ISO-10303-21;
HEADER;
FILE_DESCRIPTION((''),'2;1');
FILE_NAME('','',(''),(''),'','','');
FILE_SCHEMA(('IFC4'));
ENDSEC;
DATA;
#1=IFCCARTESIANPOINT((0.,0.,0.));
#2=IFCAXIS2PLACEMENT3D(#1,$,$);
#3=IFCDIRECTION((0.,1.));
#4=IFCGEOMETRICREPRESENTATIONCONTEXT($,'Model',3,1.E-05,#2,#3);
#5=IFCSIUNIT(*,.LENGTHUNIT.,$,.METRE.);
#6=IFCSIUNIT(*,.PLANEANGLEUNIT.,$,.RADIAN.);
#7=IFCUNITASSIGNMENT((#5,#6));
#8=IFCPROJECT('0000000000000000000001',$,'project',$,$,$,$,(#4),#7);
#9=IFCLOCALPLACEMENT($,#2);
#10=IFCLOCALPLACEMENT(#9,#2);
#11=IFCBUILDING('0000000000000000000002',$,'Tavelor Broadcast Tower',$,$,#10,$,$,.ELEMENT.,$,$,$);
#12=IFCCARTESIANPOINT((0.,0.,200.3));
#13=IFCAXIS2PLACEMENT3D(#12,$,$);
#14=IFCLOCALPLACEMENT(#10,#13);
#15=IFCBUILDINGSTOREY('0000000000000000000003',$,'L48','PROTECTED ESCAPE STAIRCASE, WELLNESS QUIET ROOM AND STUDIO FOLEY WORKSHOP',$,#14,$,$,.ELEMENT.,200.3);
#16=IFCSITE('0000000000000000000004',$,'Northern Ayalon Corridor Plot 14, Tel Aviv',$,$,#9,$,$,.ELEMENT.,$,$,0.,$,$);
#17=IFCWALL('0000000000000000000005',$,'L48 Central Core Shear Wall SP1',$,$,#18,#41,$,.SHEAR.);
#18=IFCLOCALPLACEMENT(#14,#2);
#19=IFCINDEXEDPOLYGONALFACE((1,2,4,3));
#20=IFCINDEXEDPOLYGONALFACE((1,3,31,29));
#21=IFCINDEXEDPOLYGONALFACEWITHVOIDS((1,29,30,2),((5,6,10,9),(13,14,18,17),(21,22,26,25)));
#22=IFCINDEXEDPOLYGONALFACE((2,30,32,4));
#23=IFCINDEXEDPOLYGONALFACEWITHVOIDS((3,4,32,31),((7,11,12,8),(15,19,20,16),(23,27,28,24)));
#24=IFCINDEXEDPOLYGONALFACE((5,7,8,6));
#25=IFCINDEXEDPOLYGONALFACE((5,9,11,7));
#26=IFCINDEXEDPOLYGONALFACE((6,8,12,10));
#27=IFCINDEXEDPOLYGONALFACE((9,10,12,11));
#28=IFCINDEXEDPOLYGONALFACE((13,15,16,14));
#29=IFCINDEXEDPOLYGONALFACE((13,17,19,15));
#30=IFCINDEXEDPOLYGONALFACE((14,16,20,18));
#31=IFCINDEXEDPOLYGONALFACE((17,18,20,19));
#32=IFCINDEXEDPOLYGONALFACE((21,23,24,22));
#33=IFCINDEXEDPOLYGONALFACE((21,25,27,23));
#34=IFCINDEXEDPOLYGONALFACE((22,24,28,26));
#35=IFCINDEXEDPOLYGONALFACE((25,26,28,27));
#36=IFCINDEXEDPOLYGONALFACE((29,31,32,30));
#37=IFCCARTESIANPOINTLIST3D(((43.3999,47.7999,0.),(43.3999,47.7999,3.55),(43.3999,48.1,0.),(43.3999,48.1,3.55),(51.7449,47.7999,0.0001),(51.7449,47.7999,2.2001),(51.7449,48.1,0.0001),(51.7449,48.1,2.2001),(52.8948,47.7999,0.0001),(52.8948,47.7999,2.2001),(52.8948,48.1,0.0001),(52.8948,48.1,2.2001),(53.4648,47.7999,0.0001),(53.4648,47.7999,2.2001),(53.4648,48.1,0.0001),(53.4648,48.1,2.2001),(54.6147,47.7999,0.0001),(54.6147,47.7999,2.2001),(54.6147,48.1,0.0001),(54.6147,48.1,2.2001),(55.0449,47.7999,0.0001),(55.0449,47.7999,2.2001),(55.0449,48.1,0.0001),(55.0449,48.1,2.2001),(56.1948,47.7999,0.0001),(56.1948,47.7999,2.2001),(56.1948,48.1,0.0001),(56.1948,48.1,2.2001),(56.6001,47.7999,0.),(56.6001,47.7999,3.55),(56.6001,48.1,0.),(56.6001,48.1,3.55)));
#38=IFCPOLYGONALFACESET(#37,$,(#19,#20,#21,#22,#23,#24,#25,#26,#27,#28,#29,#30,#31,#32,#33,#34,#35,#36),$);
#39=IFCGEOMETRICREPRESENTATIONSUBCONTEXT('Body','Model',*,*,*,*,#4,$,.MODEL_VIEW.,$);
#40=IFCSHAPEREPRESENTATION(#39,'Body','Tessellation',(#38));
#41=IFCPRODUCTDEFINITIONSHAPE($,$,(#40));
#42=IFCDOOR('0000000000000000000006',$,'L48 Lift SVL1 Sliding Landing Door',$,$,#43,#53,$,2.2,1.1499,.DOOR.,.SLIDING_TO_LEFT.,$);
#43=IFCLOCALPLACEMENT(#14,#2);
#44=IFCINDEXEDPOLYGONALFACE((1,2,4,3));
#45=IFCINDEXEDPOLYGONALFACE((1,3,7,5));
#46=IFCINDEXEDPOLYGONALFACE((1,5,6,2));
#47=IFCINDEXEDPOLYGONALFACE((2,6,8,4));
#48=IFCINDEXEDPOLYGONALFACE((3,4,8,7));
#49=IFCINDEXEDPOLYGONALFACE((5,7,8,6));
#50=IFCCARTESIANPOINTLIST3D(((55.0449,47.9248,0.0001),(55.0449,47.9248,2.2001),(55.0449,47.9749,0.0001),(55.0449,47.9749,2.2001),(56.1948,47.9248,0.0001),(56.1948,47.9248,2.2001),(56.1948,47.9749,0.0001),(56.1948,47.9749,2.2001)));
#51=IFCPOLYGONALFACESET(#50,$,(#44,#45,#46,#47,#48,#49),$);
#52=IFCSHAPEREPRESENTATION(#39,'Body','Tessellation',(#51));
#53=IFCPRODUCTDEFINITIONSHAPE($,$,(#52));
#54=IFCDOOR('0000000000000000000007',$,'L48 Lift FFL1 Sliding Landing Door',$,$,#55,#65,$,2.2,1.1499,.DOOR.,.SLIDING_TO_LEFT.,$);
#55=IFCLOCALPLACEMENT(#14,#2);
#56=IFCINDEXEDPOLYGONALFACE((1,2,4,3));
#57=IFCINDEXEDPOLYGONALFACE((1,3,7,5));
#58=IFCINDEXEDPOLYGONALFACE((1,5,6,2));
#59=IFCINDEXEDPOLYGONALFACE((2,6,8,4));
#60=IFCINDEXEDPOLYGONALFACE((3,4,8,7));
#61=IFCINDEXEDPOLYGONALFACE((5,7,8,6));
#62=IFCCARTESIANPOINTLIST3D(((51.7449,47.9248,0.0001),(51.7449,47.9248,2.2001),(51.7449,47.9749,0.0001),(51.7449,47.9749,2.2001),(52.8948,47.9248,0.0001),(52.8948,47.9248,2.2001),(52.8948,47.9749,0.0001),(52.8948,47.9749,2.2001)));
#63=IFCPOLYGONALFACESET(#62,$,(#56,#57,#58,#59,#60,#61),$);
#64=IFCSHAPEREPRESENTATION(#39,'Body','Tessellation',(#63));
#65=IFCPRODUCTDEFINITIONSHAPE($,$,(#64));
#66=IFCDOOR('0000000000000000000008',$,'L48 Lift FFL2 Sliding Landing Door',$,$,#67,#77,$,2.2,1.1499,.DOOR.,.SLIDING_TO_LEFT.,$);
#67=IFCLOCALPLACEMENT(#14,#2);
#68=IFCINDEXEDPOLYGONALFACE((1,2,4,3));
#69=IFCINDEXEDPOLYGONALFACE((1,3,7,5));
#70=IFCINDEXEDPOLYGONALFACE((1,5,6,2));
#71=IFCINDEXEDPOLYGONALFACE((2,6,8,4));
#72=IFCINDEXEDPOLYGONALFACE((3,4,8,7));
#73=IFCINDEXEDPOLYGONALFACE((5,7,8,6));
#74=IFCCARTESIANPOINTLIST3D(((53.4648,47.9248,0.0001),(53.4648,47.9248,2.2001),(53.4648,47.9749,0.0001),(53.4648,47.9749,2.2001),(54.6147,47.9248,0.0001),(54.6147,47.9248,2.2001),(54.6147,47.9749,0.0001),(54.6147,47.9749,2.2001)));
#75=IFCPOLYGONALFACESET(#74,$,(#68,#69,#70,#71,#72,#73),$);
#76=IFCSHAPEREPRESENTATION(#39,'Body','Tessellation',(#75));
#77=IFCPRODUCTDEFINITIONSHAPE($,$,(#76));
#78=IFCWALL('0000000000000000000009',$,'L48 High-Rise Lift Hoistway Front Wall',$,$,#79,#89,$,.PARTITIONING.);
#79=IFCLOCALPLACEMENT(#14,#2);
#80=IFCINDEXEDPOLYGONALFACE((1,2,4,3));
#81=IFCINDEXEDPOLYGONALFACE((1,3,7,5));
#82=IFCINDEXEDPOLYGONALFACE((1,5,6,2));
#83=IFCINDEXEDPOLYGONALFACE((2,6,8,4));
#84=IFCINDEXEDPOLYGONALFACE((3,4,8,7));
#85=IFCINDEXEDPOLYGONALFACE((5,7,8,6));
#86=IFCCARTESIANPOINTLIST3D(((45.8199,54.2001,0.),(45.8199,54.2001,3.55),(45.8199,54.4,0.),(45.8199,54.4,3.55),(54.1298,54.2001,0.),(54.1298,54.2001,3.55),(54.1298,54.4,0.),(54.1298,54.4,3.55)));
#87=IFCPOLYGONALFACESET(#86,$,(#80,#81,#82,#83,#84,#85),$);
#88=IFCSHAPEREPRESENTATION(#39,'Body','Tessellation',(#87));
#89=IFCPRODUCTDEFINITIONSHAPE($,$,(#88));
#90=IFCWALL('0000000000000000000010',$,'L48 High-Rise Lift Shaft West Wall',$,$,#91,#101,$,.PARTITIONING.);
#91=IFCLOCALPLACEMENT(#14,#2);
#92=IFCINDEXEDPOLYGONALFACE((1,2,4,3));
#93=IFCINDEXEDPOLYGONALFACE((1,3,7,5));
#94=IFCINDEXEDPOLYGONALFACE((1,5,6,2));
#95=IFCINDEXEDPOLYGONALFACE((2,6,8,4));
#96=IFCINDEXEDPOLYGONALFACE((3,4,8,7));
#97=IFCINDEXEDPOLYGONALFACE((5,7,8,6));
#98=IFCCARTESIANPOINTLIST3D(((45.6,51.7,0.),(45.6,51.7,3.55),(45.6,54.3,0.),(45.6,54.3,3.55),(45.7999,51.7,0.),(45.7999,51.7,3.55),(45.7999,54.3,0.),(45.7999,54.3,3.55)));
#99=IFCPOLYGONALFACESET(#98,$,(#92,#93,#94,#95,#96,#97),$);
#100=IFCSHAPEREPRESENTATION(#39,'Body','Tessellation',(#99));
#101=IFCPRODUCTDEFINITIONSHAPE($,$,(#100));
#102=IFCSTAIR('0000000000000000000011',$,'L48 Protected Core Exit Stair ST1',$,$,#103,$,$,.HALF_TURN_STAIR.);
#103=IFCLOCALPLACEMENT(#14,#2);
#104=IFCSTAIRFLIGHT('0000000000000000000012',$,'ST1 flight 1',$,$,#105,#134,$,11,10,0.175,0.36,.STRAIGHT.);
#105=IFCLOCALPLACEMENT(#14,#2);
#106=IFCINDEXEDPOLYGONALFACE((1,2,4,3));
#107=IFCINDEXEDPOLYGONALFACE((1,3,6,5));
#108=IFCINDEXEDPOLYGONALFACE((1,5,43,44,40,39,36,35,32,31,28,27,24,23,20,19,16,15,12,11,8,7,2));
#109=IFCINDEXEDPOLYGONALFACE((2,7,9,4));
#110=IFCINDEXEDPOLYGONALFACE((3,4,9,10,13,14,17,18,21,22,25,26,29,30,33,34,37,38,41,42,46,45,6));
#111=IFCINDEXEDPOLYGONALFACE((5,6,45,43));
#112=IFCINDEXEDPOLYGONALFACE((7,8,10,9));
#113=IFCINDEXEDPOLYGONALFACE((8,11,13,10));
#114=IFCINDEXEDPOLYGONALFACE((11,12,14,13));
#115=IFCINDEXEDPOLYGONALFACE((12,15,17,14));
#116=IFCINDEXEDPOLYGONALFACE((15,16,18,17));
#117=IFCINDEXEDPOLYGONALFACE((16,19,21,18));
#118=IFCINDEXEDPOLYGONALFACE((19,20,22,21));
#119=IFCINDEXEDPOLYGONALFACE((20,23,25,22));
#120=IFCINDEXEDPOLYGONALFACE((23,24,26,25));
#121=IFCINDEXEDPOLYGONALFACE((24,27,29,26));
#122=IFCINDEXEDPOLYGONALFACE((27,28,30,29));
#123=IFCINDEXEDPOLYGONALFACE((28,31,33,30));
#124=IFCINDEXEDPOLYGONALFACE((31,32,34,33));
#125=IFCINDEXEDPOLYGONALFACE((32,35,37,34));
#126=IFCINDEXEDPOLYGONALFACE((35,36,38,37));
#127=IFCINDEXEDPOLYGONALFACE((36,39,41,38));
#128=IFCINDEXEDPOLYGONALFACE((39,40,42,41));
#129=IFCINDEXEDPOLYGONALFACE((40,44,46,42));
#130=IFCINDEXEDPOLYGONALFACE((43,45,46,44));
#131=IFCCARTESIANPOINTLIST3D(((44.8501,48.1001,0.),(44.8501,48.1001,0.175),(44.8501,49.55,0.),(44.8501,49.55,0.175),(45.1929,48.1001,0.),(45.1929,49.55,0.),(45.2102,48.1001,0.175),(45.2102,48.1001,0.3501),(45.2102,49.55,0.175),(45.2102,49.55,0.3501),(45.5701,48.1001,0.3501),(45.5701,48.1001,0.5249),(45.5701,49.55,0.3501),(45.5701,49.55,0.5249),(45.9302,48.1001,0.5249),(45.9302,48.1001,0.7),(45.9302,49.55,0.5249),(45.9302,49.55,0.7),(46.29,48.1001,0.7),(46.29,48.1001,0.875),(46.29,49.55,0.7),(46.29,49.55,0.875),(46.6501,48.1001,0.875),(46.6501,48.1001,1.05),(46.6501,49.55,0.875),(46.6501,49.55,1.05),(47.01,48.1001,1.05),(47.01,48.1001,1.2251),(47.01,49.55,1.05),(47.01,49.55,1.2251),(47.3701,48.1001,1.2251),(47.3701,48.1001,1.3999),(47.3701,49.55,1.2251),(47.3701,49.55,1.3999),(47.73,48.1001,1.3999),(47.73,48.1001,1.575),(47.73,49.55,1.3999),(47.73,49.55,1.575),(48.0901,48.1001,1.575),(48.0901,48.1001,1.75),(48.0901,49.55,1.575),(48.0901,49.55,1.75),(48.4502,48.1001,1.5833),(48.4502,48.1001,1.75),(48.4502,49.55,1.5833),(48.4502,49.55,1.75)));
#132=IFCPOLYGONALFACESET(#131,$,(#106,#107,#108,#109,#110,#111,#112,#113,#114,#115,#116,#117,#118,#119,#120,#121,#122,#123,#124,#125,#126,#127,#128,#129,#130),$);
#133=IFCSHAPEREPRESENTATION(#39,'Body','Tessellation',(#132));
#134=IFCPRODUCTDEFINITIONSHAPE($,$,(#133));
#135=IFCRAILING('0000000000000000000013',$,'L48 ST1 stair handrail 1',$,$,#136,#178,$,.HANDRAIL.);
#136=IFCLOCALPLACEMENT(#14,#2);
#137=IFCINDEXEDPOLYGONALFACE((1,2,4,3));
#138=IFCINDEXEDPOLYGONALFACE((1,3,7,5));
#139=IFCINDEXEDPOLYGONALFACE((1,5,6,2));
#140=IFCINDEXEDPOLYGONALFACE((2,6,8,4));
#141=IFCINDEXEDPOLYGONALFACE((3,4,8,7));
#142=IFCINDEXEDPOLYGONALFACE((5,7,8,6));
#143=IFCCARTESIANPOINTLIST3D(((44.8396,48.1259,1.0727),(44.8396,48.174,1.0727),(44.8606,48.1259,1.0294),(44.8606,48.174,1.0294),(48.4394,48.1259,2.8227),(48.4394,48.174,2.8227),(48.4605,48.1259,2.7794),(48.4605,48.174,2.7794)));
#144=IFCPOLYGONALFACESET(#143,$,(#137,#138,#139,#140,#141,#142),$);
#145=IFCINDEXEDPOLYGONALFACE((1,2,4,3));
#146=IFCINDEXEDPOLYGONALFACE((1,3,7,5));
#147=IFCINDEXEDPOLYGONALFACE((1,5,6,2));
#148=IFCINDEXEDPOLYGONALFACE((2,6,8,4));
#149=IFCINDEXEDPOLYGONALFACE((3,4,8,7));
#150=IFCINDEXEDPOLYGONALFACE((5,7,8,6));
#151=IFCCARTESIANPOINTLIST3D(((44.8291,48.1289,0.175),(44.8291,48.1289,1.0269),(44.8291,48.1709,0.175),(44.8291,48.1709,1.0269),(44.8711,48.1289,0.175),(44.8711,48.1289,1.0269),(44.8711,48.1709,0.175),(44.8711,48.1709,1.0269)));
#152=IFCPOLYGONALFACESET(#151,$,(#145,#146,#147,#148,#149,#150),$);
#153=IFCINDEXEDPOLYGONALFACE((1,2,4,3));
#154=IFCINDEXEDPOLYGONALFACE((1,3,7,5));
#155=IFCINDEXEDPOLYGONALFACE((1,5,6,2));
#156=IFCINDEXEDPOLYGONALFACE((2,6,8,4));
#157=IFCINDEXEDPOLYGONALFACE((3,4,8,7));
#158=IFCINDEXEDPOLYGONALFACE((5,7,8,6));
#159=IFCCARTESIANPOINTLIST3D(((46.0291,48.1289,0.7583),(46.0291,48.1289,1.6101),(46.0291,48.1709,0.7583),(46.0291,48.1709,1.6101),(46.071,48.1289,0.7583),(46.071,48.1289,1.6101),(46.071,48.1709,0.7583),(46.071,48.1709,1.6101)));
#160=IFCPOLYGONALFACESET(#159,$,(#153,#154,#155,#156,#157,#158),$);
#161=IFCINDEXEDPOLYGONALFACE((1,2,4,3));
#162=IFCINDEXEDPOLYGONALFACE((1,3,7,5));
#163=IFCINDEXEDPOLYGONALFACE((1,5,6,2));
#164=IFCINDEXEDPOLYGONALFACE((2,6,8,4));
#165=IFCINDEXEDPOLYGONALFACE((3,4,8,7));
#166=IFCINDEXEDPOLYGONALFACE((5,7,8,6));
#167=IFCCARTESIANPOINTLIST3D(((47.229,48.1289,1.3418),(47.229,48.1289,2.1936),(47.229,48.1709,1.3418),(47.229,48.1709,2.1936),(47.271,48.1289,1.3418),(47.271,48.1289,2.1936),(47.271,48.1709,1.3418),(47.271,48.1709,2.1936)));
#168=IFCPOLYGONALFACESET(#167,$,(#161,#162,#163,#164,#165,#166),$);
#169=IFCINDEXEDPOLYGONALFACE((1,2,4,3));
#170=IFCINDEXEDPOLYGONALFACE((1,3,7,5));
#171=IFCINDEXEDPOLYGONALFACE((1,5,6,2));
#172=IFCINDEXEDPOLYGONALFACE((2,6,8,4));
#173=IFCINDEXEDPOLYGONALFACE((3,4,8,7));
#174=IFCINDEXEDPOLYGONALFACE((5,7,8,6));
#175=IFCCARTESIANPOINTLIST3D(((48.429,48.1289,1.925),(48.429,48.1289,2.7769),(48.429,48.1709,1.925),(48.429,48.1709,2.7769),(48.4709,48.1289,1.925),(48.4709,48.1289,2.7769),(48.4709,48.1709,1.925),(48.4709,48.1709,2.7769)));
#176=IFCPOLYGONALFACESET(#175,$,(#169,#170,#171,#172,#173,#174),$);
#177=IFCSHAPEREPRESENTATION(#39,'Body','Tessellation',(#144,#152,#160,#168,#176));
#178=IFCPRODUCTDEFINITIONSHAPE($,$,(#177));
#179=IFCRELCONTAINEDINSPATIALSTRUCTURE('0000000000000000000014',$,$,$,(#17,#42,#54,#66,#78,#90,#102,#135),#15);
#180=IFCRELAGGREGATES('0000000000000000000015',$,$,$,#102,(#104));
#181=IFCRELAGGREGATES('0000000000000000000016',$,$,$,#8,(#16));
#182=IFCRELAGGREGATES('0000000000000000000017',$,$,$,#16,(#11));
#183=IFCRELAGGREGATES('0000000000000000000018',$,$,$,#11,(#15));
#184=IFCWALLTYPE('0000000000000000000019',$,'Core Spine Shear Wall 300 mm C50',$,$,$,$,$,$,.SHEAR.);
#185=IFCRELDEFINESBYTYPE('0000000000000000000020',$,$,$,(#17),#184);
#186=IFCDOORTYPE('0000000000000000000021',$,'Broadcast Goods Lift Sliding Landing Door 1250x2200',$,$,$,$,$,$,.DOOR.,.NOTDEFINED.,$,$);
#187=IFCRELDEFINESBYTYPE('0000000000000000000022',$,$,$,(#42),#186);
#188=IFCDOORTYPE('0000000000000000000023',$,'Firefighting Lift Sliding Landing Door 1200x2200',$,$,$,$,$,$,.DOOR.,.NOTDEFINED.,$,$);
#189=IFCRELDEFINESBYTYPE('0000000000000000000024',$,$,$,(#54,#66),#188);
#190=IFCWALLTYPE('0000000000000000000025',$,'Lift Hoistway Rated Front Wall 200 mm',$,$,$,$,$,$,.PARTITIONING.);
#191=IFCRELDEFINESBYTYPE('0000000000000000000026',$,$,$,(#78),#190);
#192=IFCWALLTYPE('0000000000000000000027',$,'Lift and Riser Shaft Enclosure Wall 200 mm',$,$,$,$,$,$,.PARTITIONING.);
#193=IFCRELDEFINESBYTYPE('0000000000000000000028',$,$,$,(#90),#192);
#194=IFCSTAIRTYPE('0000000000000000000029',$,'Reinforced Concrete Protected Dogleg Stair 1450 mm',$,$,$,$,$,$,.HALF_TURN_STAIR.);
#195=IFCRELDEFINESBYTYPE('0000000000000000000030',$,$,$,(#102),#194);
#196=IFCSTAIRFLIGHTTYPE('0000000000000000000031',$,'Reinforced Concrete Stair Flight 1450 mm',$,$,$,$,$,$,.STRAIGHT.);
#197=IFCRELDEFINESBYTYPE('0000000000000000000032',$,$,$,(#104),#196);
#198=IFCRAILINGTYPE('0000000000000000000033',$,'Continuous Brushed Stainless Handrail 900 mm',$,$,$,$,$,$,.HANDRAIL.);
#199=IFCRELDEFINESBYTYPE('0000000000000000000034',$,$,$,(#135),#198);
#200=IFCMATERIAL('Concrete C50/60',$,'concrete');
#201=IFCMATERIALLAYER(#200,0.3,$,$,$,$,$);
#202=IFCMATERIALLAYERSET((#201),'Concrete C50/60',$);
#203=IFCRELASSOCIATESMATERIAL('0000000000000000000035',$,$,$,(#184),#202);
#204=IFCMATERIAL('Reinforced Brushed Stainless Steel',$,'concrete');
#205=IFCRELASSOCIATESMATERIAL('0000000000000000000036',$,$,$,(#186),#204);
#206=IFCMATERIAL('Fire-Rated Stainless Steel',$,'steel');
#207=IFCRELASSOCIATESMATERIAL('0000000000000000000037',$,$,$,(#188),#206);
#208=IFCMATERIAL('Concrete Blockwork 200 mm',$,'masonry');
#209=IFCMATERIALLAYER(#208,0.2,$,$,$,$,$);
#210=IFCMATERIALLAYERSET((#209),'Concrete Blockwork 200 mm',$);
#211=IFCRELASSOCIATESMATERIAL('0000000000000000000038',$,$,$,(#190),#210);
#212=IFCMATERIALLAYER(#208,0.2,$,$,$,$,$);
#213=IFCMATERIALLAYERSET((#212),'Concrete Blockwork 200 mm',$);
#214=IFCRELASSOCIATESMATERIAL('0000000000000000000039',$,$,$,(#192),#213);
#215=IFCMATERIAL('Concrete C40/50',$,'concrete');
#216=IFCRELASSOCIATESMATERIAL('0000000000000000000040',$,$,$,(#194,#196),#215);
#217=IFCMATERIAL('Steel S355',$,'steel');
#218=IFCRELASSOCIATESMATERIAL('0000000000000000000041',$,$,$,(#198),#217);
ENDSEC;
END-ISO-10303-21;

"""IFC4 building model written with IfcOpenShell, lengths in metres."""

from ifc_helpers import new_model, si_unit, direction, frame, frame_2d, origin, origin_2d, place, context, subcontext, project, spatial, polyline, rectangle, outline, extrude, material, layer, layer_set, type_object, element, fill, aggregate, save


model = new_model("IFC4")

# Units and contexts
model_context = context("Model", 3, precision=1e-05, world=origin(), true_north=direction((0.0, 1.0)))
body_context = subcontext(model_context, "Body", "Model", "MODEL_VIEW")
ifc_project = project(units=[si_unit("LENGTHUNIT", "METRE"), si_unit("PLANEANGLEUNIT", "RADIAN")], contexts=[model_context])

# Site, building, storey
site_placement = place(None, origin())
site = spatial("IfcSite", under=ifc_project, at=site_placement, Name="Northern Ayalon Corridor Plot 14, Tel Aviv", CompositionType="ELEMENT", RefElevation=0.0)
building_placement = place(site_placement, origin())
building = spatial("IfcBuilding", under=site, at=building_placement, Name="Tavelor Broadcast Tower", CompositionType="ELEMENT")
storey_placement = place(building_placement, frame((0.0, 0.0, 200.3)))
storey = spatial("IfcBuildingStorey", under=building, at=storey_placement, Name="L48", Description="PROTECTED ESCAPE STAIRCASE, WELLNESS QUIET ROOM AND STUDIO FOLEY WORKSHOP", CompositionType="ELEMENT", Elevation=200.3)

# Shared definitions
ifc_material_1 = material(Name="Concrete C50/60", Category="concrete")

# Shared definitions
ifc_material_2 = material(Name="Steel S355", Category="steel")

# Wall, openings, doors
ifc_layer_1 = layer(ifc_material_1, 0.3)
ifc_layer_set_1 = layer_set([ifc_layer_1], Name="Concrete C50/60")
wall_type_1 = type_object("IfcWallType", Name="Core Spine Shear Wall 300 mm C50", PredefinedType="SHEAR", material=ifc_layer_set_1)
wall_1_placement = place(storey_placement, frame((43.3999, 47.95, 0.0), z_axis=(0.0, 0.0, 1.0), x_axis=(1.0, 0.0, 0.0)))
wall_1 = element("IfcWall", 1, at=wall_1_placement, inside=storey, type_object=wall_type_1, Name="L48 Central Core Shear Wall SP1", PredefinedType="SHEAR", context=body_context, shape_type="SweptSolid", body=[
    extrude(rectangle(XDim=13.2002, YDim=0.3, at=frame_2d((6.6001, 0.0))), origin(), (0.0, 0.0, 1.0), 3.55),
])
opening_1_placement = place(wall_1_placement, frame((8.345, 0.0, 0.0)))
opening_1 = element("IfcOpeningElement", 2, at=opening_1_placement, cuts=wall_1, PredefinedType="OPENING", context=body_context, shape_type="SweptSolid", body=[
    extrude(rectangle(XDim=1.1499, YDim=2.2, at=frame_2d((0.575, 1.1001))), frame((0.0, 0.1602, 0.0), z_axis=(0.0, -1.0, 0.0), x_axis=(1.0, 0.0, 0.0)), (0.0, 0.0, 1.0), 0.3201),
])
opening_2_placement = place(wall_1_placement, frame((10.0649, 0.0, 0.0)))
opening_2 = element("IfcOpeningElement", 3, at=opening_2_placement, cuts=wall_1, PredefinedType="OPENING", context=body_context, shape_type="SweptSolid", body=[
    extrude(rectangle(XDim=1.1499, YDim=2.2, at=frame_2d((0.575, 1.1001))), frame((0.0, 0.1602, 0.0), z_axis=(0.0, -1.0, 0.0), x_axis=(1.0, 0.0, 0.0)), (0.0, 0.0, 1.0), 0.3201),
])
opening_3_placement = place(wall_1_placement, frame((11.645, 0.0, 0.0)))
opening_3 = element("IfcOpeningElement", 4, at=opening_3_placement, cuts=wall_1, PredefinedType="OPENING", context=body_context, shape_type="SweptSolid", body=[
    extrude(rectangle(XDim=1.1499, YDim=2.2, at=frame_2d((0.575, 1.1001))), frame((0.0, 0.1602, 0.0), z_axis=(0.0, -1.0, 0.0), x_axis=(1.0, 0.0, 0.0)), (0.0, 0.0, 1.0), 0.3201),
])
ifc_material_3 = material(Name="Reinforced Brushed Stainless Steel", Category="concrete")
door_type_1 = type_object("IfcDoorType", Name="Broadcast Goods Lift Sliding Landing Door 1250x2200", OperationType="NOTDEFINED", PredefinedType="DOOR", material=ifc_material_3)
door_1_placement = place(opening_3_placement, origin())
door_1 = element("IfcDoor", 5, at=door_1_placement, inside=storey, type_object=door_type_1, Name="L48 Lift SVL1 Sliding Landing Door", OperationType="SLIDING_TO_LEFT", OverallHeight=2.2, OverallWidth=1.1499, PredefinedType="DOOR", context=body_context, shape_type="SweptSolid", body=[
    extrude(rectangle(XDim=1.1499, YDim=2.2, at=frame_2d((0.575, 1.1001))), frame((0.0, 0.0249, 0.0), z_axis=(0.0, -1.0, 0.0), x_axis=(1.0, 0.0, 0.0)), (0.0, 0.0, 1.0), 0.05),
])
fill(opening_3, door_1)
ifc_material_4 = material(Name="Fire-Rated Stainless Steel", Category="steel")
door_type_2 = type_object("IfcDoorType", Name="Firefighting Lift Sliding Landing Door 1200x2200", OperationType="NOTDEFINED", PredefinedType="DOOR", material=ifc_material_4)
door_2_placement = place(opening_1_placement, origin())
door_2 = element("IfcDoor", 6, at=door_2_placement, inside=storey, type_object=door_type_2, Name="L48 Lift FFL1 Sliding Landing Door", OperationType="SLIDING_TO_LEFT", OverallHeight=2.2, OverallWidth=1.1499, PredefinedType="DOOR", context=body_context, shape_type="SweptSolid", body=[
    extrude(rectangle(XDim=1.1499, YDim=2.2, at=frame_2d((0.575, 1.1001))), frame((0.0, 0.0249, 0.0), z_axis=(0.0, -1.0, 0.0), x_axis=(1.0, 0.0, 0.0)), (0.0, 0.0, 1.0), 0.05),
])
fill(opening_1, door_2)
door_3_placement = place(opening_2_placement, origin())
door_3 = element("IfcDoor", 7, at=door_3_placement, inside=storey, type_object=door_type_2, Name="L48 Lift FFL2 Sliding Landing Door", OperationType="SLIDING_TO_LEFT", OverallHeight=2.2, OverallWidth=1.1499, PredefinedType="DOOR", context=body_context, shape_type="SweptSolid", body=[
    extrude(rectangle(XDim=1.1499, YDim=2.2, at=frame_2d((0.575, 1.1001))), frame((0.0, 0.0249, 0.0), z_axis=(0.0, -1.0, 0.0), x_axis=(1.0, 0.0, 0.0)), (0.0, 0.0, 1.0), 0.05),
])
fill(opening_2, door_3)

# Walls
ifc_material_5 = material(Name="Concrete Blockwork 200 mm", Category="masonry")
ifc_layer_2 = layer(ifc_material_5, 0.2)
ifc_layer_set_2 = layer_set([ifc_layer_2], Name="Concrete Blockwork 200 mm")
wall_type_2 = type_object("IfcWallType", Name="Lift Hoistway Rated Front Wall 200 mm", PredefinedType="PARTITIONING", material=ifc_layer_set_2)
wall_2_placement = place(storey_placement, frame((45.8201, 54.3, 0.0), z_axis=(0.0, 0.0, 1.0), x_axis=(1.0, 0.0, 0.0)))
element("IfcWall", 8, at=wall_2_placement, inside=storey, type_object=wall_type_2, Name="L48 High-Rise Lift Hoistway Front Wall", PredefinedType="PARTITIONING", context=body_context, shape_type="SweptSolid", body=[
    extrude(rectangle(XDim=8.3098, YDim=0.2, at=frame_2d((4.1548, 0.0))), origin(), (0.0, 0.0, 1.0), 3.55),
])
ifc_layer_3 = layer(ifc_material_5, 0.2)
ifc_layer_set_3 = layer_set([ifc_layer_3], Name="Concrete Blockwork 200 mm")
wall_type_3 = type_object("IfcWallType", Name="Lift and Riser Shaft Enclosure Wall 200 mm", PredefinedType="PARTITIONING", material=ifc_layer_set_3)
wall_3_placement = place(storey_placement, frame((45.7, 51.7, 0.0), z_axis=(0.0, 0.0, 1.0), x_axis=(0.0, 1.0, 0.0)))
element("IfcWall", 9, at=wall_3_placement, inside=storey, type_object=wall_type_3, Name="L48 High-Rise Lift Shaft West Wall", PredefinedType="PARTITIONING", context=body_context, shape_type="SweptSolid", body=[
    extrude(rectangle(XDim=2.6001, YDim=0.2, at=frame_2d((1.3, 0.0))), origin(), (0.0, 0.0, 1.0), 3.55),
])

# Stair, stair flight
ifc_material_6 = material(Name="Concrete C40/50", Category="concrete")
stair_type = type_object("IfcStairType", Name="Reinforced Concrete Protected Dogleg Stair 1450 mm", PredefinedType="HALF_TURN_STAIR", material=ifc_material_6)
stair_placement = place(storey_placement, origin())
stair = element("IfcStair", 10, at=stair_placement, inside=storey, type_object=stair_type, Name="L48 Protected Core Exit Stair ST1", PredefinedType="HALF_TURN_STAIR")
stair_flight_type = type_object("IfcStairFlightType", Name="Reinforced Concrete Stair Flight 1450 mm", PredefinedType="STRAIGHT", material=ifc_material_6)
stair_flight_placement = place(storey_placement, frame((44.8501, 48.825, 0.0), z_axis=(0.0, 0.0, 1.0), x_axis=(1.0, 0.0, 0.0)))
stair_flight = element("IfcStairFlight", 11, at=stair_flight_placement, type_object=stair_flight_type, Name="ST1 flight 1", NumberOfRisers=11, NumberOfTreads=10, PredefinedType="STRAIGHT", RiserHeight=0.175, TreadLength=0.36, context=body_context, shape_type="SweptSolid", body=[
    extrude(outline(polyline([(0.0, 0.0), (0.0, 0.175), (0.3601, 0.175), (0.3601, 0.3501), (0.72, 0.3501), (0.72, 0.5249), (1.0801, 0.5249), (1.0801, 0.7), (1.4399, 0.7), (1.4399, 0.875), (1.8, 0.875), (1.8, 1.05), (2.1599, 1.05), (2.1599, 1.2251), (2.52, 1.2251), (2.52, 1.3999), (2.8799, 1.3999), (2.8799, 1.575), (3.24, 1.575), (3.24, 1.75), (3.6001, 1.75), (3.6001, 1.925), (3.6001, 1.5833), (0.3428, 0.0), (0.0, 0.0)])), frame((0.0, 0.7251, 0.0), z_axis=(0.0, -1.0, 0.0), x_axis=(1.0, 0.0, 0.0)), (0.0, 0.0, 1.0), 1.45),
])
aggregate(stair, [stair_flight])

# Railing
railing_type_1 = type_object("IfcRailingType", Name="Continuous Brushed Stainless Handrail 900 mm", PredefinedType="HANDRAIL", material=ifc_material_2)
railing_1_placement = place(storey_placement, frame((44.8501, 48.1499, 0.175)))
element("IfcRailing", 12, at=railing_1_placement, inside=storey, type_object=railing_type_1, Name="L48 ST1 stair handrail 1", PredefinedType="HANDRAIL", context=body_context, shape_type="SweptSolid", body=[
    extrude(rectangle(XDim=0.0481, YDim=0.0481, at=origin_2d()), frame((0.0, 0.0, 0.876), z_axis=(0.899361, 0.0, 0.437207), x_axis=(0.0, 1.0, 0.0)), (0.0, 0.0, 1.0), 4.0027),
    extrude(rectangle(XDim=0.042, YDim=0.042, at=origin_2d()), origin(), (0.0, 0.0, 1.0), 0.8518),
    extrude(rectangle(XDim=0.042, YDim=0.042, at=origin_2d()), frame((1.2, 0.0, 0.5833)), (0.0, 0.0, 1.0), 0.8518),
    extrude(rectangle(XDim=0.042, YDim=0.042, at=origin_2d()), frame((2.3999, 0.0, 1.1667)), (0.0, 0.0, 1.0), 0.8518),
    extrude(rectangle(XDim=0.042, YDim=0.042, at=origin_2d()), frame((3.5999, 0.0, 1.75)), (0.0, 0.0, 1.0), 0.8518),
])

save(model, "model.ifc")
